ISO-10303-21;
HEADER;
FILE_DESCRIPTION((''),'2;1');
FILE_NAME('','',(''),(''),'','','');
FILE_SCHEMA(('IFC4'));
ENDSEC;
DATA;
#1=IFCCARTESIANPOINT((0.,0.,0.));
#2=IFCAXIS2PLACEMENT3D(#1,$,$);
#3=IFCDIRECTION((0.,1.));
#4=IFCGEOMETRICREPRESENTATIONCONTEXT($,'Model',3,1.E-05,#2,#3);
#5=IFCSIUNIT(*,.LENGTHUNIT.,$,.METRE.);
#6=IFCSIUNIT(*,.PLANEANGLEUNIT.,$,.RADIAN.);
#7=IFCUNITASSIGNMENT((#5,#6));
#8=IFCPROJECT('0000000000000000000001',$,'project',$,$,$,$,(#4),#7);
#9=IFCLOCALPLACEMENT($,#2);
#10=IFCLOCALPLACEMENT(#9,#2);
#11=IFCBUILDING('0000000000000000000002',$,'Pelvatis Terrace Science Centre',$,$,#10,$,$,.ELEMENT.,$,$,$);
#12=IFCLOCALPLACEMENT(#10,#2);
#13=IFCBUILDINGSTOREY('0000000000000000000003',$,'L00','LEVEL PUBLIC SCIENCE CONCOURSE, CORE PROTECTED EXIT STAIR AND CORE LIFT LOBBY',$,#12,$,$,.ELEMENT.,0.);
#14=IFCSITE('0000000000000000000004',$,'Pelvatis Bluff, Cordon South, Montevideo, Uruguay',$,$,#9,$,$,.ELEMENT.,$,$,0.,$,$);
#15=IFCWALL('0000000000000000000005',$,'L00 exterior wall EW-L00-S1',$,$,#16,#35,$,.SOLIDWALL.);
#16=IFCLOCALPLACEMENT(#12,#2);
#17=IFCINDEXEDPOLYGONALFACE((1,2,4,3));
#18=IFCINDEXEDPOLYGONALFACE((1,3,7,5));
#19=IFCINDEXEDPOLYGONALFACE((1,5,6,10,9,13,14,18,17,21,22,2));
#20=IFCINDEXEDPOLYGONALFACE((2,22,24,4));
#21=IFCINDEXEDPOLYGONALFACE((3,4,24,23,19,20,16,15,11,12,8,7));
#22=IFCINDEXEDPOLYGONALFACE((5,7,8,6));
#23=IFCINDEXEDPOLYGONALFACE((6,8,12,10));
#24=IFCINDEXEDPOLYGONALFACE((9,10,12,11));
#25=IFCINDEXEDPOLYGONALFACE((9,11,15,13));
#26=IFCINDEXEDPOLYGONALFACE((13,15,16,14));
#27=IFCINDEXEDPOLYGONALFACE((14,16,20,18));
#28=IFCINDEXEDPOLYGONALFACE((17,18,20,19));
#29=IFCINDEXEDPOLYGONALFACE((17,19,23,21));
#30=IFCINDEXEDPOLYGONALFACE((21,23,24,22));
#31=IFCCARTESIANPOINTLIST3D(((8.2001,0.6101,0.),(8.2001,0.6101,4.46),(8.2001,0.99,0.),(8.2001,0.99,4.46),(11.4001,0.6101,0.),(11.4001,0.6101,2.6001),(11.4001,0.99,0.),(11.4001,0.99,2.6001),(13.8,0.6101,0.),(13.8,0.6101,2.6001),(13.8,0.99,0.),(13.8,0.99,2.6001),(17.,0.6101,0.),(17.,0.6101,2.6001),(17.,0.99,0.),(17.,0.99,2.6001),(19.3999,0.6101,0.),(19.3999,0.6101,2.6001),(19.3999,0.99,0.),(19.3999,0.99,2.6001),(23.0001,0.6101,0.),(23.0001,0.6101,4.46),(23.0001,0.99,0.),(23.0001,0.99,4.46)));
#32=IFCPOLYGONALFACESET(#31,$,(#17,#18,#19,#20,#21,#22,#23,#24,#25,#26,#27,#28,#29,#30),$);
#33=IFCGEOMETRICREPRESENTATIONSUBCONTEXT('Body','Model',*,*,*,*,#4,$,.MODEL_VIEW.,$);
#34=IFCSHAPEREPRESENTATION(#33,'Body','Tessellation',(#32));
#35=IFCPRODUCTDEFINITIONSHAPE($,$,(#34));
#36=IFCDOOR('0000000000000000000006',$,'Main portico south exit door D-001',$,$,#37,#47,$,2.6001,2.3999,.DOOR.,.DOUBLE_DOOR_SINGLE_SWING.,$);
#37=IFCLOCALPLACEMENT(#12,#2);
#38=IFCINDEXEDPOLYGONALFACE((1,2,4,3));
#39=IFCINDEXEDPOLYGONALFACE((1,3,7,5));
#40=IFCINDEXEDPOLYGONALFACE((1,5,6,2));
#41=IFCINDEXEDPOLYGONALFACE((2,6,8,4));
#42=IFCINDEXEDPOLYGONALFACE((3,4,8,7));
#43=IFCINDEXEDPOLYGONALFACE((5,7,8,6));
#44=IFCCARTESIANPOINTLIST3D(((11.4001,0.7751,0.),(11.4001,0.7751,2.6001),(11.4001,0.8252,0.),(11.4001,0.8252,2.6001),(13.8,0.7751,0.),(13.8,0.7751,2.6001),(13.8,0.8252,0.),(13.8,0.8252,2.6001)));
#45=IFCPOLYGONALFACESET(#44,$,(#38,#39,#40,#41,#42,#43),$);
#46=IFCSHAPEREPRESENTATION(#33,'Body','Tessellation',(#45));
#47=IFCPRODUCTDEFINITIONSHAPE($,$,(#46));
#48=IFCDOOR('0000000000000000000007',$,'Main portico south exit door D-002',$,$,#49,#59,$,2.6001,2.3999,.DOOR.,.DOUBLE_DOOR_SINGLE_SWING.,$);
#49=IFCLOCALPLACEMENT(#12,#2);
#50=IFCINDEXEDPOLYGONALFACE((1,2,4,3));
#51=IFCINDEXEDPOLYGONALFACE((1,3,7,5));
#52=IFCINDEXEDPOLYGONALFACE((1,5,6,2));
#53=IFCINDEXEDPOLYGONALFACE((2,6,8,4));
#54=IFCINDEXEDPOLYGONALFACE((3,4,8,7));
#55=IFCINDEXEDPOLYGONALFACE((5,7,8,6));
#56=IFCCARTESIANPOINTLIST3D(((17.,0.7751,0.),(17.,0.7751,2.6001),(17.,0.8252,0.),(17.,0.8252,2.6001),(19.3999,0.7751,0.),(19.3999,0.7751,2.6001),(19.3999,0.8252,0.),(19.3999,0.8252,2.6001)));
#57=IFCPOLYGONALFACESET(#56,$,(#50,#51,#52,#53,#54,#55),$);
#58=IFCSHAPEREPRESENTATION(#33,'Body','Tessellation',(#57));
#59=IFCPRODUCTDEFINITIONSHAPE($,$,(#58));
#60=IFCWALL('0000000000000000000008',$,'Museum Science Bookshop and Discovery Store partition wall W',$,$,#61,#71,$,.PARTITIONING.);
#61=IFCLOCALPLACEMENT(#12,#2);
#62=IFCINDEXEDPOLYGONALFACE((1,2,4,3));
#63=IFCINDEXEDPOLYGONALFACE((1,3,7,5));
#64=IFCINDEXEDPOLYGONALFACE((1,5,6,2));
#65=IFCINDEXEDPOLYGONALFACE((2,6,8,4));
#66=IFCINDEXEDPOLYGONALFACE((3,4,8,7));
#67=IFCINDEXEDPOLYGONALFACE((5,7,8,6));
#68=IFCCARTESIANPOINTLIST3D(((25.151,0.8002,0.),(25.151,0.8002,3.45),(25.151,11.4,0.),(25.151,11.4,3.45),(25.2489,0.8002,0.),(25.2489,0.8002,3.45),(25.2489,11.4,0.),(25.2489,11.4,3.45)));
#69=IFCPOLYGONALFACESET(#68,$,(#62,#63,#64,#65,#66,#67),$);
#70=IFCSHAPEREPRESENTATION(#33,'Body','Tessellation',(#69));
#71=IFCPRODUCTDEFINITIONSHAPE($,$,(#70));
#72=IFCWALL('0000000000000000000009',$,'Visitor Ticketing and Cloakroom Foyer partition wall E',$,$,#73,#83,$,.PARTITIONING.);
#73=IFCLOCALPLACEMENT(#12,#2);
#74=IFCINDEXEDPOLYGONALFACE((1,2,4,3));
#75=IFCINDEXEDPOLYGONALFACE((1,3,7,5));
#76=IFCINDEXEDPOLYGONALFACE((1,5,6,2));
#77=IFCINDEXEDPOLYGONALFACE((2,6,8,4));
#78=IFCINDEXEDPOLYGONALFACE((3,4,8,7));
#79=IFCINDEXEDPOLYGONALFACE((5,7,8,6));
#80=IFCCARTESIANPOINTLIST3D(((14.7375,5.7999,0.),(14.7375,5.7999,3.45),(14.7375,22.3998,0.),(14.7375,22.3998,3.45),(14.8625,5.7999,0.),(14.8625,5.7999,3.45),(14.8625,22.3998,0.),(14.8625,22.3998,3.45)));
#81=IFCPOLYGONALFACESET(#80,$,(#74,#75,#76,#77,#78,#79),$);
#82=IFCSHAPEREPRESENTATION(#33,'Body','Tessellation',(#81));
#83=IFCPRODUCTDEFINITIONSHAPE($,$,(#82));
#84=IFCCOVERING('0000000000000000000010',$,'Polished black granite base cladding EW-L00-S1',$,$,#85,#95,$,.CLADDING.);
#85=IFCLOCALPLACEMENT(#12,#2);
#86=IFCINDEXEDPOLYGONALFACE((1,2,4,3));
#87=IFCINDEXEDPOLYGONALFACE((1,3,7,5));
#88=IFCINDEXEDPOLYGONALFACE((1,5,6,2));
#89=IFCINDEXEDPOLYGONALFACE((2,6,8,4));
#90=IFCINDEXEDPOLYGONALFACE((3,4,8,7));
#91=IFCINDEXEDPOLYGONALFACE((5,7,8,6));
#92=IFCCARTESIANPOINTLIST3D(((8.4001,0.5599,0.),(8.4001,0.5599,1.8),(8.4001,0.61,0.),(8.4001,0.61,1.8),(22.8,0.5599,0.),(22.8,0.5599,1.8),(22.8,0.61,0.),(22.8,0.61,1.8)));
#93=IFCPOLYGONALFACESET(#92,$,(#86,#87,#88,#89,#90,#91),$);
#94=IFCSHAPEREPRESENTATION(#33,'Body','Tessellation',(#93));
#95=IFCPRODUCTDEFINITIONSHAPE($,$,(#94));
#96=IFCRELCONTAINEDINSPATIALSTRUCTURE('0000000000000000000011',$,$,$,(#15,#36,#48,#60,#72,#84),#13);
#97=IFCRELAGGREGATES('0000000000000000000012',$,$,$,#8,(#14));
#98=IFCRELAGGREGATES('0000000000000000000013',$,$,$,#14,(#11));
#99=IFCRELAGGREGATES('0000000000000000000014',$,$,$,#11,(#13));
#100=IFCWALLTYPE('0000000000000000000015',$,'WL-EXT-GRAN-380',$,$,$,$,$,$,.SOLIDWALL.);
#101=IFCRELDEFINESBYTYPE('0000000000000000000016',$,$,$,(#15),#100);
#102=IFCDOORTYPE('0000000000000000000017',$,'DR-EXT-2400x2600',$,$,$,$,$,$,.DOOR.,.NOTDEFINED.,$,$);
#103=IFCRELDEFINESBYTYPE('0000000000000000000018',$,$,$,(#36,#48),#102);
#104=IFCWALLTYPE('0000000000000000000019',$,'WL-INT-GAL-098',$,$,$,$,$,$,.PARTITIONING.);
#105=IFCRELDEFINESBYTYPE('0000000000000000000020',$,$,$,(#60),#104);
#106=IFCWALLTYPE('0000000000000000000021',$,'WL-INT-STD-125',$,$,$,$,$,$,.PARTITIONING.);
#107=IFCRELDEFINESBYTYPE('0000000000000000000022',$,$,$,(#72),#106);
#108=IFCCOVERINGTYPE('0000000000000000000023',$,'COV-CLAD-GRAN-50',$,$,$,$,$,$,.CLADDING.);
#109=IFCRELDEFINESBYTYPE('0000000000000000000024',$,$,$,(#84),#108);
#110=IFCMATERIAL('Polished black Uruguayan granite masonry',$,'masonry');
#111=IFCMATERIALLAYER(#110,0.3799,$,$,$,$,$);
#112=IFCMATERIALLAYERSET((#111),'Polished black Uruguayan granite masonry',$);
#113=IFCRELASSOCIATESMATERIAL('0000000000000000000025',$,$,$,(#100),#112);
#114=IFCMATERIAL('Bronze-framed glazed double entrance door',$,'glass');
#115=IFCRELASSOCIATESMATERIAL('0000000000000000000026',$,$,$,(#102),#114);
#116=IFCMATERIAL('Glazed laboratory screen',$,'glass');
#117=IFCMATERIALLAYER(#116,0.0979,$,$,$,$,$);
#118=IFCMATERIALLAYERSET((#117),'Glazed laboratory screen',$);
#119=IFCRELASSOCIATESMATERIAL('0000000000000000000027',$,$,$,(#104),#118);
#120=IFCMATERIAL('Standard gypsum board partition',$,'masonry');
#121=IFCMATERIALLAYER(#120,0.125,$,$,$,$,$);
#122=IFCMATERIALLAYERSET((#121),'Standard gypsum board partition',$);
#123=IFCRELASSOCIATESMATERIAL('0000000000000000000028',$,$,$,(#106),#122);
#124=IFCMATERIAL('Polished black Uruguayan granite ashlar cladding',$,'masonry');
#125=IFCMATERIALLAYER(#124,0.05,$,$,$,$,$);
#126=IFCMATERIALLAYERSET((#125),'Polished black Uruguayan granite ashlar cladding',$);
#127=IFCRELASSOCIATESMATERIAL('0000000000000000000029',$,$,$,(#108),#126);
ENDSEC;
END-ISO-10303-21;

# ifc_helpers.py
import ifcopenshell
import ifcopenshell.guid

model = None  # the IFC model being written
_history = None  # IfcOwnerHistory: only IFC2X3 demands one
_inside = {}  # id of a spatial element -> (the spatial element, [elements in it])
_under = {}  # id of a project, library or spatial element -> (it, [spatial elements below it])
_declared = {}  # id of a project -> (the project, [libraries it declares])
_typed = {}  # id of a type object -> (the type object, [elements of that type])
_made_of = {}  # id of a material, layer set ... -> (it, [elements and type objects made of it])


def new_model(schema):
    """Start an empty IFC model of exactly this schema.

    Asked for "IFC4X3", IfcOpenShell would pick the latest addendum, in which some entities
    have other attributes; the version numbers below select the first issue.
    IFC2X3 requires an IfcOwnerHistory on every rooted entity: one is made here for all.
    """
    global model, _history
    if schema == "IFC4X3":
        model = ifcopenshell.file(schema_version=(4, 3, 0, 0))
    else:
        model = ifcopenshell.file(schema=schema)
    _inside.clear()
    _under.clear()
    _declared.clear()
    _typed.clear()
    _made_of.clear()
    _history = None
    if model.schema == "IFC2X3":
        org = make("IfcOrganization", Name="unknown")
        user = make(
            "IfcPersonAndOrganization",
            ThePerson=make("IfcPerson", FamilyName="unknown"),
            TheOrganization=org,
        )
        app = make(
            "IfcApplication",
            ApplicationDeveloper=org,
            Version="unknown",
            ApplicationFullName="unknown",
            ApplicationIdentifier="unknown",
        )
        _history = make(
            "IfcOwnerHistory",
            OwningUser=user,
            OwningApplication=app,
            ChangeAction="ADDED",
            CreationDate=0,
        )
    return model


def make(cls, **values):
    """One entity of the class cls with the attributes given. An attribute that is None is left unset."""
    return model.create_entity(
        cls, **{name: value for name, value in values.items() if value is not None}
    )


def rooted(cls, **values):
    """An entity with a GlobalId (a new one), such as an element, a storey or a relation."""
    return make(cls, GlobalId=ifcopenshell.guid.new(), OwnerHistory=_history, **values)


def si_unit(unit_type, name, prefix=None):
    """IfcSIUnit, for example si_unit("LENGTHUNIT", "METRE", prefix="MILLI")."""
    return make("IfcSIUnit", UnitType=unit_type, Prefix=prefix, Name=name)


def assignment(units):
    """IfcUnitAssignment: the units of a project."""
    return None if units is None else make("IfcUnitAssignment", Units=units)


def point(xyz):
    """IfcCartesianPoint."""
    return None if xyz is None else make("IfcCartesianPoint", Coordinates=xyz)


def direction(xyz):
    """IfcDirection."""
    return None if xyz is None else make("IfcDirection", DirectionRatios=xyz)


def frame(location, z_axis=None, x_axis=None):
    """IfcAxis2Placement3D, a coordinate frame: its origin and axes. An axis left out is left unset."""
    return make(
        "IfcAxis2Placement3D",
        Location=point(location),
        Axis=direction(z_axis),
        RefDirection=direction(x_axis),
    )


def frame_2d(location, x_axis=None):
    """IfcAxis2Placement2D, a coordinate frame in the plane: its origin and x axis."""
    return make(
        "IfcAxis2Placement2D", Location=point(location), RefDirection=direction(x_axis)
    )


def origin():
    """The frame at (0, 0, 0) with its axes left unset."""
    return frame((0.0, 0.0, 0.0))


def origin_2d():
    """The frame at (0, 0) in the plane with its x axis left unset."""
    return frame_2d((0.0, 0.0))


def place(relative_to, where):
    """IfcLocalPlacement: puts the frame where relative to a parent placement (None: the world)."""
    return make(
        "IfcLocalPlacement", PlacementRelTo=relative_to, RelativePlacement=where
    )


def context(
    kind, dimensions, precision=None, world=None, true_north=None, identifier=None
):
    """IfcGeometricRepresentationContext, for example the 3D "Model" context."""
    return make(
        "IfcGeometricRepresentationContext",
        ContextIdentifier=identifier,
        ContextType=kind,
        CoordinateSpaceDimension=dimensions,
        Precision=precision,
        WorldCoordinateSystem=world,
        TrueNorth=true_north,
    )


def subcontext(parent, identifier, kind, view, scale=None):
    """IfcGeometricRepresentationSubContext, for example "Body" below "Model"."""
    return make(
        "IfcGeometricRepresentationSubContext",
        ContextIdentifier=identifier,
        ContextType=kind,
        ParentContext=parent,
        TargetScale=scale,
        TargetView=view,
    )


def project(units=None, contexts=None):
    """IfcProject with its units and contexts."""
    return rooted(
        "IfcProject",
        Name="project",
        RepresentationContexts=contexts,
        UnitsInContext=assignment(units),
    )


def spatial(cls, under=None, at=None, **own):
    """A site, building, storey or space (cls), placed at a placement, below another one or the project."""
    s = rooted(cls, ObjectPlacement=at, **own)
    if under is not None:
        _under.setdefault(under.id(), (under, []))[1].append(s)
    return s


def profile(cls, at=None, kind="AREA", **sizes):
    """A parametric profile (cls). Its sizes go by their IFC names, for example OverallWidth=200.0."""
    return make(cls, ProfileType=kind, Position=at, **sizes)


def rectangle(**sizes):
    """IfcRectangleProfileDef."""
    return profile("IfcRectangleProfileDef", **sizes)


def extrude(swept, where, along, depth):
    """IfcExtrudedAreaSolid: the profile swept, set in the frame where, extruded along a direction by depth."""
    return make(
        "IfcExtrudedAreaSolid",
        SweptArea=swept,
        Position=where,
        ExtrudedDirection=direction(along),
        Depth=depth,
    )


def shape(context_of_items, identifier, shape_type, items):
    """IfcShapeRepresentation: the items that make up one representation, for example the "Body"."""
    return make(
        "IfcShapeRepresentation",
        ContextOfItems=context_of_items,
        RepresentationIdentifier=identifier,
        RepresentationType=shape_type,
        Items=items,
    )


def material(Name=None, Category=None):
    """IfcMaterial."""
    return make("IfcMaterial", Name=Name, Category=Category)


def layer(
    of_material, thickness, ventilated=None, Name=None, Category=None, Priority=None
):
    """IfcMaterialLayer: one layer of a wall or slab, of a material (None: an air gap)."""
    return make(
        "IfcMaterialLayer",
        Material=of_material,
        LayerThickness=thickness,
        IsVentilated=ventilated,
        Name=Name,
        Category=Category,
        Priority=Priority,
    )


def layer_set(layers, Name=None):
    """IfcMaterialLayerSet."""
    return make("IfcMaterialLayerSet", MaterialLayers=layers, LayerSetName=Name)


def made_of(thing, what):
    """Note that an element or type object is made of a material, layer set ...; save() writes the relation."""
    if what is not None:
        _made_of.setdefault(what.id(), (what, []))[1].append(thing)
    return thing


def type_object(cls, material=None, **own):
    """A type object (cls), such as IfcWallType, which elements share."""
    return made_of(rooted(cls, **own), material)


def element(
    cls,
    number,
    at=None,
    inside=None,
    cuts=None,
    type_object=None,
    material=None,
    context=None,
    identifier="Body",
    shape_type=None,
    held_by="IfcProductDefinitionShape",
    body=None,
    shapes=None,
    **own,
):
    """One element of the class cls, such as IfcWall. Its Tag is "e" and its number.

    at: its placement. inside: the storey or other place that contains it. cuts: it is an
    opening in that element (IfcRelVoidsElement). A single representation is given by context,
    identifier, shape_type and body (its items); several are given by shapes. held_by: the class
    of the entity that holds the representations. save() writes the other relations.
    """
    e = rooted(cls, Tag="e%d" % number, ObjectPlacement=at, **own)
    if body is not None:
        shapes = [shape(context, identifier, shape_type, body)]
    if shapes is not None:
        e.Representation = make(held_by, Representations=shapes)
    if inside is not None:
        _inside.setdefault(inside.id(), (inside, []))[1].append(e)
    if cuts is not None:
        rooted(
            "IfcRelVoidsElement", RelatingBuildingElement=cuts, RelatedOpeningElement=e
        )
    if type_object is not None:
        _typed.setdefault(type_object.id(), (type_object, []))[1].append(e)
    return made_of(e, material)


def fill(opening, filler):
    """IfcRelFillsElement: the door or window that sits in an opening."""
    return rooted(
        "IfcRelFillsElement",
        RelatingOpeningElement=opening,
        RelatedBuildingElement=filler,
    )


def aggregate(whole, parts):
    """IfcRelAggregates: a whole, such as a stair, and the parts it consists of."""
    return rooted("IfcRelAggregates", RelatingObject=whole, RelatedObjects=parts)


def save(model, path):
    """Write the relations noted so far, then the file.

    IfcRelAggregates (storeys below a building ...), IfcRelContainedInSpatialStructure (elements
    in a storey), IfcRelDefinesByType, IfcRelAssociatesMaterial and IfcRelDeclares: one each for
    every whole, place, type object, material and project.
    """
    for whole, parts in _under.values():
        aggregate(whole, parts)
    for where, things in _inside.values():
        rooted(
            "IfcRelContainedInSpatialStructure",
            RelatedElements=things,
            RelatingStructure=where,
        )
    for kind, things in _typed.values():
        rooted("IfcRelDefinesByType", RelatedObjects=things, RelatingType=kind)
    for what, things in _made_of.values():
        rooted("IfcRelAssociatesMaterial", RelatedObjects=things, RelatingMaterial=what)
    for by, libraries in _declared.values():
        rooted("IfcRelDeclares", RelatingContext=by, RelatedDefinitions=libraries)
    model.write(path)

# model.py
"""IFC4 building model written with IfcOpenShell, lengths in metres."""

from ifc_helpers import new_model, si_unit, direction, frame, frame_2d, origin, origin_2d, place, context, subcontext, project, spatial, rectangle, extrude, material, layer, layer_set, type_object, element, fill, save


model = new_model("IFC4")

# Units and contexts
model_context = context("Model", 3, precision=1e-05, world=origin(), true_north=direction((0.0, 1.0)))
body_context = subcontext(model_context, "Body", "Model", "MODEL_VIEW")
ifc_project = project(units=[si_unit("LENGTHUNIT", "METRE"), si_unit("PLANEANGLEUNIT", "RADIAN")], contexts=[model_context])

# Site, building, storey
site_placement = place(None, origin())
site = spatial("IfcSite", under=ifc_project, at=site_placement, Name="Pelvatis Bluff, Cordon South, Montevideo, Uruguay", CompositionType="ELEMENT", RefElevation=0.0)
building_placement = place(site_placement, origin())
building = spatial("IfcBuilding", under=site, at=building_placement, Name="Pelvatis Terrace Science Centre", CompositionType="ELEMENT")
storey_placement = place(building_placement, origin())
storey = spatial("IfcBuildingStorey", under=building, at=storey_placement, Name="L00", Description="LEVEL PUBLIC SCIENCE CONCOURSE, CORE PROTECTED EXIT STAIR AND CORE LIFT LOBBY", CompositionType="ELEMENT", Elevation=0.0)

# Wall, openings, doors
ifc_material_1 = material(Name="Polished black Uruguayan granite masonry", Category="masonry")
ifc_layer_1 = layer(ifc_material_1, 0.3799)
ifc_layer_set_1 = layer_set([ifc_layer_1], Name="Polished black Uruguayan granite masonry")
wall_type_1 = type_object("IfcWallType", Name="WL-EXT-GRAN-380", PredefinedType="SOLIDWALL", material=ifc_layer_set_1)
wall_1_placement = place(storey_placement, frame((23.0, 0.8, 0.0), z_axis=(0.0, 0.0, 1.0), x_axis=(-1.0, 0.0, 0.0)))
wall_1 = element("IfcWall", 1, at=wall_1_placement, inside=storey, type_object=wall_type_1, Name="L00 exterior wall EW-L00-S1", PredefinedType="SOLIDWALL", context=body_context, shape_type="SweptSolid", body=[
    extrude(rectangle(XDim=14.8, YDim=0.3799, at=frame_2d((7.3999, 0.0))), origin(), (0.0, 0.0, 1.0), 4.46),
])
opening_1_placement = place(wall_1_placement, frame((9.2, 0.0, 0.0)))
opening_1 = element("IfcOpeningElement", 2, at=opening_1_placement, cuts=wall_1, PredefinedType="OPENING", context=body_context, shape_type="SweptSolid", body=[
    extrude(rectangle(XDim=2.3999, YDim=2.6001, at=frame_2d((1.2, 1.3))), frame((0.0, 0.2, 0.0), z_axis=(0.0, -1.0, 0.0), x_axis=(1.0, 0.0, 0.0)), (0.0, 0.0, 1.0), 0.3999),
])
opening_2_placement = place(wall_1_placement, frame((3.6001, 0.0, 0.0)))
opening_2 = element("IfcOpeningElement", 3, at=opening_2_placement, cuts=wall_1, PredefinedType="OPENING", context=body_context, shape_type="SweptSolid", body=[
    extrude(rectangle(XDim=2.3999, YDim=2.6001, at=frame_2d((1.2, 1.3))), frame((0.0, 0.2, 0.0), z_axis=(0.0, -1.0, 0.0), x_axis=(1.0, 0.0, 0.0)), (0.0, 0.0, 1.0), 0.3999),
])
ifc_material_2 = material(Name="Bronze-framed glazed double entrance door", Category="glass")
door_type = type_object("IfcDoorType", Name="DR-EXT-2400x2600", OperationType="NOTDEFINED", PredefinedType="DOOR", material=ifc_material_2)
door_1_placement = place(opening_1_placement, origin())
door_1 = element("IfcDoor", 4, at=door_1_placement, inside=storey, type_object=door_type, Name="Main portico south exit door D-001", OperationType="DOUBLE_DOOR_SINGLE_SWING", OverallHeight=2.6001, OverallWidth=2.3999, PredefinedType="DOOR", context=body_context, shape_type="SweptSolid", body=[
    extrude(rectangle(XDim=2.3999, YDim=2.6001, at=frame_2d((1.2, 1.3))), frame((0.0, 0.0249, 0.0), z_axis=(0.0, -1.0, 0.0), x_axis=(1.0, 0.0, 0.0)), (0.0, 0.0, 1.0), 0.05),
])
fill(opening_1, door_1)
door_2_placement = place(opening_2_placement, origin())
door_2 = element("IfcDoor", 5, at=door_2_placement, inside=storey, type_object=door_type, Name="Main portico south exit door D-002", OperationType="DOUBLE_DOOR_SINGLE_SWING", OverallHeight=2.6001, OverallWidth=2.3999, PredefinedType="DOOR", context=body_context, shape_type="SweptSolid", body=[
    extrude(rectangle(XDim=2.3999, YDim=2.6001, at=frame_2d((1.2, 1.3))), frame((0.0, 0.0249, 0.0), z_axis=(0.0, -1.0, 0.0), x_axis=(1.0, 0.0, 0.0)), (0.0, 0.0, 1.0), 0.05),
])
fill(opening_2, door_2)

# Walls
ifc_material_3 = material(Name="Glazed laboratory screen", Category="glass")
ifc_layer_2 = layer(ifc_material_3, 0.0979)
ifc_layer_set_2 = layer_set([ifc_layer_2], Name="Glazed laboratory screen")
wall_type_2 = type_object("IfcWallType", Name="WL-INT-GAL-098", PredefinedType="PARTITIONING", material=ifc_layer_set_2)
wall_2_placement = place(storey_placement, frame((25.2, 11.3999, 0.0), z_axis=(0.0, 0.0, 1.0), x_axis=(0.0, -1.0, 0.0)))
element("IfcWall", 6, at=wall_2_placement, inside=storey, type_object=wall_type_2, Name="Museum Science Bookshop and Discovery Store partition wall W", PredefinedType="PARTITIONING", context=body_context, shape_type="SweptSolid", body=[
    extrude(rectangle(XDim=10.5999, YDim=0.0979, at=frame_2d((5.2998, 0.0))), origin(), (0.0, 0.0, 1.0), 3.45),
])
ifc_material_4 = material(Name="Standard gypsum board partition", Category="masonry")
ifc_layer_3 = layer(ifc_material_4, 0.125)
ifc_layer_set_3 = layer_set([ifc_layer_3], Name="Standard gypsum board partition")
wall_type_3 = type_object("IfcWallType", Name="WL-INT-STD-125", PredefinedType="PARTITIONING", material=ifc_layer_set_3)
wall_3_placement = place(storey_placement, frame((14.8, 5.8, 0.0), z_axis=(0.0, 0.0, 1.0), x_axis=(0.0, 1.0, 0.0)))
element("IfcWall", 7, at=wall_3_placement, inside=storey, type_object=wall_type_3, Name="Visitor Ticketing and Cloakroom Foyer partition wall E", PredefinedType="PARTITIONING", context=body_context, shape_type="SweptSolid", body=[
    extrude(rectangle(XDim=16.5999, YDim=0.125, at=frame_2d((8.2998, 0.0))), origin(), (0.0, 0.0, 1.0), 3.45),
])

# Covering
ifc_material_5 = material(Name="Polished black Uruguayan granite ashlar cladding", Category="masonry")
ifc_layer_4 = layer(ifc_material_5, 0.05)
ifc_layer_set_4 = layer_set([ifc_layer_4], Name="Polished black Uruguayan granite ashlar cladding")
covering_type = type_object("IfcCoveringType", Name="COV-CLAD-GRAN-50", PredefinedType="CLADDING", material=ifc_layer_set_4)
covering_placement = place(storey_placement, frame((15.6001, 0.585, 0.0), z_axis=(0.0, 0.0, 1.0), x_axis=(1.0, 0.0, 0.0)))
element("IfcCovering", 8, at=covering_placement, inside=storey, type_object=covering_type, Name="Polished black granite base cladding EW-L00-S1", PredefinedType="CLADDING", context=body_context, shape_type="SweptSolid", body=[
    extrude(rectangle(XDim=14.3999, YDim=0.05, at=origin_2d()), origin(), (0.0, 0.0, 1.0), 1.8),
])

save(model, "model.ifc")
